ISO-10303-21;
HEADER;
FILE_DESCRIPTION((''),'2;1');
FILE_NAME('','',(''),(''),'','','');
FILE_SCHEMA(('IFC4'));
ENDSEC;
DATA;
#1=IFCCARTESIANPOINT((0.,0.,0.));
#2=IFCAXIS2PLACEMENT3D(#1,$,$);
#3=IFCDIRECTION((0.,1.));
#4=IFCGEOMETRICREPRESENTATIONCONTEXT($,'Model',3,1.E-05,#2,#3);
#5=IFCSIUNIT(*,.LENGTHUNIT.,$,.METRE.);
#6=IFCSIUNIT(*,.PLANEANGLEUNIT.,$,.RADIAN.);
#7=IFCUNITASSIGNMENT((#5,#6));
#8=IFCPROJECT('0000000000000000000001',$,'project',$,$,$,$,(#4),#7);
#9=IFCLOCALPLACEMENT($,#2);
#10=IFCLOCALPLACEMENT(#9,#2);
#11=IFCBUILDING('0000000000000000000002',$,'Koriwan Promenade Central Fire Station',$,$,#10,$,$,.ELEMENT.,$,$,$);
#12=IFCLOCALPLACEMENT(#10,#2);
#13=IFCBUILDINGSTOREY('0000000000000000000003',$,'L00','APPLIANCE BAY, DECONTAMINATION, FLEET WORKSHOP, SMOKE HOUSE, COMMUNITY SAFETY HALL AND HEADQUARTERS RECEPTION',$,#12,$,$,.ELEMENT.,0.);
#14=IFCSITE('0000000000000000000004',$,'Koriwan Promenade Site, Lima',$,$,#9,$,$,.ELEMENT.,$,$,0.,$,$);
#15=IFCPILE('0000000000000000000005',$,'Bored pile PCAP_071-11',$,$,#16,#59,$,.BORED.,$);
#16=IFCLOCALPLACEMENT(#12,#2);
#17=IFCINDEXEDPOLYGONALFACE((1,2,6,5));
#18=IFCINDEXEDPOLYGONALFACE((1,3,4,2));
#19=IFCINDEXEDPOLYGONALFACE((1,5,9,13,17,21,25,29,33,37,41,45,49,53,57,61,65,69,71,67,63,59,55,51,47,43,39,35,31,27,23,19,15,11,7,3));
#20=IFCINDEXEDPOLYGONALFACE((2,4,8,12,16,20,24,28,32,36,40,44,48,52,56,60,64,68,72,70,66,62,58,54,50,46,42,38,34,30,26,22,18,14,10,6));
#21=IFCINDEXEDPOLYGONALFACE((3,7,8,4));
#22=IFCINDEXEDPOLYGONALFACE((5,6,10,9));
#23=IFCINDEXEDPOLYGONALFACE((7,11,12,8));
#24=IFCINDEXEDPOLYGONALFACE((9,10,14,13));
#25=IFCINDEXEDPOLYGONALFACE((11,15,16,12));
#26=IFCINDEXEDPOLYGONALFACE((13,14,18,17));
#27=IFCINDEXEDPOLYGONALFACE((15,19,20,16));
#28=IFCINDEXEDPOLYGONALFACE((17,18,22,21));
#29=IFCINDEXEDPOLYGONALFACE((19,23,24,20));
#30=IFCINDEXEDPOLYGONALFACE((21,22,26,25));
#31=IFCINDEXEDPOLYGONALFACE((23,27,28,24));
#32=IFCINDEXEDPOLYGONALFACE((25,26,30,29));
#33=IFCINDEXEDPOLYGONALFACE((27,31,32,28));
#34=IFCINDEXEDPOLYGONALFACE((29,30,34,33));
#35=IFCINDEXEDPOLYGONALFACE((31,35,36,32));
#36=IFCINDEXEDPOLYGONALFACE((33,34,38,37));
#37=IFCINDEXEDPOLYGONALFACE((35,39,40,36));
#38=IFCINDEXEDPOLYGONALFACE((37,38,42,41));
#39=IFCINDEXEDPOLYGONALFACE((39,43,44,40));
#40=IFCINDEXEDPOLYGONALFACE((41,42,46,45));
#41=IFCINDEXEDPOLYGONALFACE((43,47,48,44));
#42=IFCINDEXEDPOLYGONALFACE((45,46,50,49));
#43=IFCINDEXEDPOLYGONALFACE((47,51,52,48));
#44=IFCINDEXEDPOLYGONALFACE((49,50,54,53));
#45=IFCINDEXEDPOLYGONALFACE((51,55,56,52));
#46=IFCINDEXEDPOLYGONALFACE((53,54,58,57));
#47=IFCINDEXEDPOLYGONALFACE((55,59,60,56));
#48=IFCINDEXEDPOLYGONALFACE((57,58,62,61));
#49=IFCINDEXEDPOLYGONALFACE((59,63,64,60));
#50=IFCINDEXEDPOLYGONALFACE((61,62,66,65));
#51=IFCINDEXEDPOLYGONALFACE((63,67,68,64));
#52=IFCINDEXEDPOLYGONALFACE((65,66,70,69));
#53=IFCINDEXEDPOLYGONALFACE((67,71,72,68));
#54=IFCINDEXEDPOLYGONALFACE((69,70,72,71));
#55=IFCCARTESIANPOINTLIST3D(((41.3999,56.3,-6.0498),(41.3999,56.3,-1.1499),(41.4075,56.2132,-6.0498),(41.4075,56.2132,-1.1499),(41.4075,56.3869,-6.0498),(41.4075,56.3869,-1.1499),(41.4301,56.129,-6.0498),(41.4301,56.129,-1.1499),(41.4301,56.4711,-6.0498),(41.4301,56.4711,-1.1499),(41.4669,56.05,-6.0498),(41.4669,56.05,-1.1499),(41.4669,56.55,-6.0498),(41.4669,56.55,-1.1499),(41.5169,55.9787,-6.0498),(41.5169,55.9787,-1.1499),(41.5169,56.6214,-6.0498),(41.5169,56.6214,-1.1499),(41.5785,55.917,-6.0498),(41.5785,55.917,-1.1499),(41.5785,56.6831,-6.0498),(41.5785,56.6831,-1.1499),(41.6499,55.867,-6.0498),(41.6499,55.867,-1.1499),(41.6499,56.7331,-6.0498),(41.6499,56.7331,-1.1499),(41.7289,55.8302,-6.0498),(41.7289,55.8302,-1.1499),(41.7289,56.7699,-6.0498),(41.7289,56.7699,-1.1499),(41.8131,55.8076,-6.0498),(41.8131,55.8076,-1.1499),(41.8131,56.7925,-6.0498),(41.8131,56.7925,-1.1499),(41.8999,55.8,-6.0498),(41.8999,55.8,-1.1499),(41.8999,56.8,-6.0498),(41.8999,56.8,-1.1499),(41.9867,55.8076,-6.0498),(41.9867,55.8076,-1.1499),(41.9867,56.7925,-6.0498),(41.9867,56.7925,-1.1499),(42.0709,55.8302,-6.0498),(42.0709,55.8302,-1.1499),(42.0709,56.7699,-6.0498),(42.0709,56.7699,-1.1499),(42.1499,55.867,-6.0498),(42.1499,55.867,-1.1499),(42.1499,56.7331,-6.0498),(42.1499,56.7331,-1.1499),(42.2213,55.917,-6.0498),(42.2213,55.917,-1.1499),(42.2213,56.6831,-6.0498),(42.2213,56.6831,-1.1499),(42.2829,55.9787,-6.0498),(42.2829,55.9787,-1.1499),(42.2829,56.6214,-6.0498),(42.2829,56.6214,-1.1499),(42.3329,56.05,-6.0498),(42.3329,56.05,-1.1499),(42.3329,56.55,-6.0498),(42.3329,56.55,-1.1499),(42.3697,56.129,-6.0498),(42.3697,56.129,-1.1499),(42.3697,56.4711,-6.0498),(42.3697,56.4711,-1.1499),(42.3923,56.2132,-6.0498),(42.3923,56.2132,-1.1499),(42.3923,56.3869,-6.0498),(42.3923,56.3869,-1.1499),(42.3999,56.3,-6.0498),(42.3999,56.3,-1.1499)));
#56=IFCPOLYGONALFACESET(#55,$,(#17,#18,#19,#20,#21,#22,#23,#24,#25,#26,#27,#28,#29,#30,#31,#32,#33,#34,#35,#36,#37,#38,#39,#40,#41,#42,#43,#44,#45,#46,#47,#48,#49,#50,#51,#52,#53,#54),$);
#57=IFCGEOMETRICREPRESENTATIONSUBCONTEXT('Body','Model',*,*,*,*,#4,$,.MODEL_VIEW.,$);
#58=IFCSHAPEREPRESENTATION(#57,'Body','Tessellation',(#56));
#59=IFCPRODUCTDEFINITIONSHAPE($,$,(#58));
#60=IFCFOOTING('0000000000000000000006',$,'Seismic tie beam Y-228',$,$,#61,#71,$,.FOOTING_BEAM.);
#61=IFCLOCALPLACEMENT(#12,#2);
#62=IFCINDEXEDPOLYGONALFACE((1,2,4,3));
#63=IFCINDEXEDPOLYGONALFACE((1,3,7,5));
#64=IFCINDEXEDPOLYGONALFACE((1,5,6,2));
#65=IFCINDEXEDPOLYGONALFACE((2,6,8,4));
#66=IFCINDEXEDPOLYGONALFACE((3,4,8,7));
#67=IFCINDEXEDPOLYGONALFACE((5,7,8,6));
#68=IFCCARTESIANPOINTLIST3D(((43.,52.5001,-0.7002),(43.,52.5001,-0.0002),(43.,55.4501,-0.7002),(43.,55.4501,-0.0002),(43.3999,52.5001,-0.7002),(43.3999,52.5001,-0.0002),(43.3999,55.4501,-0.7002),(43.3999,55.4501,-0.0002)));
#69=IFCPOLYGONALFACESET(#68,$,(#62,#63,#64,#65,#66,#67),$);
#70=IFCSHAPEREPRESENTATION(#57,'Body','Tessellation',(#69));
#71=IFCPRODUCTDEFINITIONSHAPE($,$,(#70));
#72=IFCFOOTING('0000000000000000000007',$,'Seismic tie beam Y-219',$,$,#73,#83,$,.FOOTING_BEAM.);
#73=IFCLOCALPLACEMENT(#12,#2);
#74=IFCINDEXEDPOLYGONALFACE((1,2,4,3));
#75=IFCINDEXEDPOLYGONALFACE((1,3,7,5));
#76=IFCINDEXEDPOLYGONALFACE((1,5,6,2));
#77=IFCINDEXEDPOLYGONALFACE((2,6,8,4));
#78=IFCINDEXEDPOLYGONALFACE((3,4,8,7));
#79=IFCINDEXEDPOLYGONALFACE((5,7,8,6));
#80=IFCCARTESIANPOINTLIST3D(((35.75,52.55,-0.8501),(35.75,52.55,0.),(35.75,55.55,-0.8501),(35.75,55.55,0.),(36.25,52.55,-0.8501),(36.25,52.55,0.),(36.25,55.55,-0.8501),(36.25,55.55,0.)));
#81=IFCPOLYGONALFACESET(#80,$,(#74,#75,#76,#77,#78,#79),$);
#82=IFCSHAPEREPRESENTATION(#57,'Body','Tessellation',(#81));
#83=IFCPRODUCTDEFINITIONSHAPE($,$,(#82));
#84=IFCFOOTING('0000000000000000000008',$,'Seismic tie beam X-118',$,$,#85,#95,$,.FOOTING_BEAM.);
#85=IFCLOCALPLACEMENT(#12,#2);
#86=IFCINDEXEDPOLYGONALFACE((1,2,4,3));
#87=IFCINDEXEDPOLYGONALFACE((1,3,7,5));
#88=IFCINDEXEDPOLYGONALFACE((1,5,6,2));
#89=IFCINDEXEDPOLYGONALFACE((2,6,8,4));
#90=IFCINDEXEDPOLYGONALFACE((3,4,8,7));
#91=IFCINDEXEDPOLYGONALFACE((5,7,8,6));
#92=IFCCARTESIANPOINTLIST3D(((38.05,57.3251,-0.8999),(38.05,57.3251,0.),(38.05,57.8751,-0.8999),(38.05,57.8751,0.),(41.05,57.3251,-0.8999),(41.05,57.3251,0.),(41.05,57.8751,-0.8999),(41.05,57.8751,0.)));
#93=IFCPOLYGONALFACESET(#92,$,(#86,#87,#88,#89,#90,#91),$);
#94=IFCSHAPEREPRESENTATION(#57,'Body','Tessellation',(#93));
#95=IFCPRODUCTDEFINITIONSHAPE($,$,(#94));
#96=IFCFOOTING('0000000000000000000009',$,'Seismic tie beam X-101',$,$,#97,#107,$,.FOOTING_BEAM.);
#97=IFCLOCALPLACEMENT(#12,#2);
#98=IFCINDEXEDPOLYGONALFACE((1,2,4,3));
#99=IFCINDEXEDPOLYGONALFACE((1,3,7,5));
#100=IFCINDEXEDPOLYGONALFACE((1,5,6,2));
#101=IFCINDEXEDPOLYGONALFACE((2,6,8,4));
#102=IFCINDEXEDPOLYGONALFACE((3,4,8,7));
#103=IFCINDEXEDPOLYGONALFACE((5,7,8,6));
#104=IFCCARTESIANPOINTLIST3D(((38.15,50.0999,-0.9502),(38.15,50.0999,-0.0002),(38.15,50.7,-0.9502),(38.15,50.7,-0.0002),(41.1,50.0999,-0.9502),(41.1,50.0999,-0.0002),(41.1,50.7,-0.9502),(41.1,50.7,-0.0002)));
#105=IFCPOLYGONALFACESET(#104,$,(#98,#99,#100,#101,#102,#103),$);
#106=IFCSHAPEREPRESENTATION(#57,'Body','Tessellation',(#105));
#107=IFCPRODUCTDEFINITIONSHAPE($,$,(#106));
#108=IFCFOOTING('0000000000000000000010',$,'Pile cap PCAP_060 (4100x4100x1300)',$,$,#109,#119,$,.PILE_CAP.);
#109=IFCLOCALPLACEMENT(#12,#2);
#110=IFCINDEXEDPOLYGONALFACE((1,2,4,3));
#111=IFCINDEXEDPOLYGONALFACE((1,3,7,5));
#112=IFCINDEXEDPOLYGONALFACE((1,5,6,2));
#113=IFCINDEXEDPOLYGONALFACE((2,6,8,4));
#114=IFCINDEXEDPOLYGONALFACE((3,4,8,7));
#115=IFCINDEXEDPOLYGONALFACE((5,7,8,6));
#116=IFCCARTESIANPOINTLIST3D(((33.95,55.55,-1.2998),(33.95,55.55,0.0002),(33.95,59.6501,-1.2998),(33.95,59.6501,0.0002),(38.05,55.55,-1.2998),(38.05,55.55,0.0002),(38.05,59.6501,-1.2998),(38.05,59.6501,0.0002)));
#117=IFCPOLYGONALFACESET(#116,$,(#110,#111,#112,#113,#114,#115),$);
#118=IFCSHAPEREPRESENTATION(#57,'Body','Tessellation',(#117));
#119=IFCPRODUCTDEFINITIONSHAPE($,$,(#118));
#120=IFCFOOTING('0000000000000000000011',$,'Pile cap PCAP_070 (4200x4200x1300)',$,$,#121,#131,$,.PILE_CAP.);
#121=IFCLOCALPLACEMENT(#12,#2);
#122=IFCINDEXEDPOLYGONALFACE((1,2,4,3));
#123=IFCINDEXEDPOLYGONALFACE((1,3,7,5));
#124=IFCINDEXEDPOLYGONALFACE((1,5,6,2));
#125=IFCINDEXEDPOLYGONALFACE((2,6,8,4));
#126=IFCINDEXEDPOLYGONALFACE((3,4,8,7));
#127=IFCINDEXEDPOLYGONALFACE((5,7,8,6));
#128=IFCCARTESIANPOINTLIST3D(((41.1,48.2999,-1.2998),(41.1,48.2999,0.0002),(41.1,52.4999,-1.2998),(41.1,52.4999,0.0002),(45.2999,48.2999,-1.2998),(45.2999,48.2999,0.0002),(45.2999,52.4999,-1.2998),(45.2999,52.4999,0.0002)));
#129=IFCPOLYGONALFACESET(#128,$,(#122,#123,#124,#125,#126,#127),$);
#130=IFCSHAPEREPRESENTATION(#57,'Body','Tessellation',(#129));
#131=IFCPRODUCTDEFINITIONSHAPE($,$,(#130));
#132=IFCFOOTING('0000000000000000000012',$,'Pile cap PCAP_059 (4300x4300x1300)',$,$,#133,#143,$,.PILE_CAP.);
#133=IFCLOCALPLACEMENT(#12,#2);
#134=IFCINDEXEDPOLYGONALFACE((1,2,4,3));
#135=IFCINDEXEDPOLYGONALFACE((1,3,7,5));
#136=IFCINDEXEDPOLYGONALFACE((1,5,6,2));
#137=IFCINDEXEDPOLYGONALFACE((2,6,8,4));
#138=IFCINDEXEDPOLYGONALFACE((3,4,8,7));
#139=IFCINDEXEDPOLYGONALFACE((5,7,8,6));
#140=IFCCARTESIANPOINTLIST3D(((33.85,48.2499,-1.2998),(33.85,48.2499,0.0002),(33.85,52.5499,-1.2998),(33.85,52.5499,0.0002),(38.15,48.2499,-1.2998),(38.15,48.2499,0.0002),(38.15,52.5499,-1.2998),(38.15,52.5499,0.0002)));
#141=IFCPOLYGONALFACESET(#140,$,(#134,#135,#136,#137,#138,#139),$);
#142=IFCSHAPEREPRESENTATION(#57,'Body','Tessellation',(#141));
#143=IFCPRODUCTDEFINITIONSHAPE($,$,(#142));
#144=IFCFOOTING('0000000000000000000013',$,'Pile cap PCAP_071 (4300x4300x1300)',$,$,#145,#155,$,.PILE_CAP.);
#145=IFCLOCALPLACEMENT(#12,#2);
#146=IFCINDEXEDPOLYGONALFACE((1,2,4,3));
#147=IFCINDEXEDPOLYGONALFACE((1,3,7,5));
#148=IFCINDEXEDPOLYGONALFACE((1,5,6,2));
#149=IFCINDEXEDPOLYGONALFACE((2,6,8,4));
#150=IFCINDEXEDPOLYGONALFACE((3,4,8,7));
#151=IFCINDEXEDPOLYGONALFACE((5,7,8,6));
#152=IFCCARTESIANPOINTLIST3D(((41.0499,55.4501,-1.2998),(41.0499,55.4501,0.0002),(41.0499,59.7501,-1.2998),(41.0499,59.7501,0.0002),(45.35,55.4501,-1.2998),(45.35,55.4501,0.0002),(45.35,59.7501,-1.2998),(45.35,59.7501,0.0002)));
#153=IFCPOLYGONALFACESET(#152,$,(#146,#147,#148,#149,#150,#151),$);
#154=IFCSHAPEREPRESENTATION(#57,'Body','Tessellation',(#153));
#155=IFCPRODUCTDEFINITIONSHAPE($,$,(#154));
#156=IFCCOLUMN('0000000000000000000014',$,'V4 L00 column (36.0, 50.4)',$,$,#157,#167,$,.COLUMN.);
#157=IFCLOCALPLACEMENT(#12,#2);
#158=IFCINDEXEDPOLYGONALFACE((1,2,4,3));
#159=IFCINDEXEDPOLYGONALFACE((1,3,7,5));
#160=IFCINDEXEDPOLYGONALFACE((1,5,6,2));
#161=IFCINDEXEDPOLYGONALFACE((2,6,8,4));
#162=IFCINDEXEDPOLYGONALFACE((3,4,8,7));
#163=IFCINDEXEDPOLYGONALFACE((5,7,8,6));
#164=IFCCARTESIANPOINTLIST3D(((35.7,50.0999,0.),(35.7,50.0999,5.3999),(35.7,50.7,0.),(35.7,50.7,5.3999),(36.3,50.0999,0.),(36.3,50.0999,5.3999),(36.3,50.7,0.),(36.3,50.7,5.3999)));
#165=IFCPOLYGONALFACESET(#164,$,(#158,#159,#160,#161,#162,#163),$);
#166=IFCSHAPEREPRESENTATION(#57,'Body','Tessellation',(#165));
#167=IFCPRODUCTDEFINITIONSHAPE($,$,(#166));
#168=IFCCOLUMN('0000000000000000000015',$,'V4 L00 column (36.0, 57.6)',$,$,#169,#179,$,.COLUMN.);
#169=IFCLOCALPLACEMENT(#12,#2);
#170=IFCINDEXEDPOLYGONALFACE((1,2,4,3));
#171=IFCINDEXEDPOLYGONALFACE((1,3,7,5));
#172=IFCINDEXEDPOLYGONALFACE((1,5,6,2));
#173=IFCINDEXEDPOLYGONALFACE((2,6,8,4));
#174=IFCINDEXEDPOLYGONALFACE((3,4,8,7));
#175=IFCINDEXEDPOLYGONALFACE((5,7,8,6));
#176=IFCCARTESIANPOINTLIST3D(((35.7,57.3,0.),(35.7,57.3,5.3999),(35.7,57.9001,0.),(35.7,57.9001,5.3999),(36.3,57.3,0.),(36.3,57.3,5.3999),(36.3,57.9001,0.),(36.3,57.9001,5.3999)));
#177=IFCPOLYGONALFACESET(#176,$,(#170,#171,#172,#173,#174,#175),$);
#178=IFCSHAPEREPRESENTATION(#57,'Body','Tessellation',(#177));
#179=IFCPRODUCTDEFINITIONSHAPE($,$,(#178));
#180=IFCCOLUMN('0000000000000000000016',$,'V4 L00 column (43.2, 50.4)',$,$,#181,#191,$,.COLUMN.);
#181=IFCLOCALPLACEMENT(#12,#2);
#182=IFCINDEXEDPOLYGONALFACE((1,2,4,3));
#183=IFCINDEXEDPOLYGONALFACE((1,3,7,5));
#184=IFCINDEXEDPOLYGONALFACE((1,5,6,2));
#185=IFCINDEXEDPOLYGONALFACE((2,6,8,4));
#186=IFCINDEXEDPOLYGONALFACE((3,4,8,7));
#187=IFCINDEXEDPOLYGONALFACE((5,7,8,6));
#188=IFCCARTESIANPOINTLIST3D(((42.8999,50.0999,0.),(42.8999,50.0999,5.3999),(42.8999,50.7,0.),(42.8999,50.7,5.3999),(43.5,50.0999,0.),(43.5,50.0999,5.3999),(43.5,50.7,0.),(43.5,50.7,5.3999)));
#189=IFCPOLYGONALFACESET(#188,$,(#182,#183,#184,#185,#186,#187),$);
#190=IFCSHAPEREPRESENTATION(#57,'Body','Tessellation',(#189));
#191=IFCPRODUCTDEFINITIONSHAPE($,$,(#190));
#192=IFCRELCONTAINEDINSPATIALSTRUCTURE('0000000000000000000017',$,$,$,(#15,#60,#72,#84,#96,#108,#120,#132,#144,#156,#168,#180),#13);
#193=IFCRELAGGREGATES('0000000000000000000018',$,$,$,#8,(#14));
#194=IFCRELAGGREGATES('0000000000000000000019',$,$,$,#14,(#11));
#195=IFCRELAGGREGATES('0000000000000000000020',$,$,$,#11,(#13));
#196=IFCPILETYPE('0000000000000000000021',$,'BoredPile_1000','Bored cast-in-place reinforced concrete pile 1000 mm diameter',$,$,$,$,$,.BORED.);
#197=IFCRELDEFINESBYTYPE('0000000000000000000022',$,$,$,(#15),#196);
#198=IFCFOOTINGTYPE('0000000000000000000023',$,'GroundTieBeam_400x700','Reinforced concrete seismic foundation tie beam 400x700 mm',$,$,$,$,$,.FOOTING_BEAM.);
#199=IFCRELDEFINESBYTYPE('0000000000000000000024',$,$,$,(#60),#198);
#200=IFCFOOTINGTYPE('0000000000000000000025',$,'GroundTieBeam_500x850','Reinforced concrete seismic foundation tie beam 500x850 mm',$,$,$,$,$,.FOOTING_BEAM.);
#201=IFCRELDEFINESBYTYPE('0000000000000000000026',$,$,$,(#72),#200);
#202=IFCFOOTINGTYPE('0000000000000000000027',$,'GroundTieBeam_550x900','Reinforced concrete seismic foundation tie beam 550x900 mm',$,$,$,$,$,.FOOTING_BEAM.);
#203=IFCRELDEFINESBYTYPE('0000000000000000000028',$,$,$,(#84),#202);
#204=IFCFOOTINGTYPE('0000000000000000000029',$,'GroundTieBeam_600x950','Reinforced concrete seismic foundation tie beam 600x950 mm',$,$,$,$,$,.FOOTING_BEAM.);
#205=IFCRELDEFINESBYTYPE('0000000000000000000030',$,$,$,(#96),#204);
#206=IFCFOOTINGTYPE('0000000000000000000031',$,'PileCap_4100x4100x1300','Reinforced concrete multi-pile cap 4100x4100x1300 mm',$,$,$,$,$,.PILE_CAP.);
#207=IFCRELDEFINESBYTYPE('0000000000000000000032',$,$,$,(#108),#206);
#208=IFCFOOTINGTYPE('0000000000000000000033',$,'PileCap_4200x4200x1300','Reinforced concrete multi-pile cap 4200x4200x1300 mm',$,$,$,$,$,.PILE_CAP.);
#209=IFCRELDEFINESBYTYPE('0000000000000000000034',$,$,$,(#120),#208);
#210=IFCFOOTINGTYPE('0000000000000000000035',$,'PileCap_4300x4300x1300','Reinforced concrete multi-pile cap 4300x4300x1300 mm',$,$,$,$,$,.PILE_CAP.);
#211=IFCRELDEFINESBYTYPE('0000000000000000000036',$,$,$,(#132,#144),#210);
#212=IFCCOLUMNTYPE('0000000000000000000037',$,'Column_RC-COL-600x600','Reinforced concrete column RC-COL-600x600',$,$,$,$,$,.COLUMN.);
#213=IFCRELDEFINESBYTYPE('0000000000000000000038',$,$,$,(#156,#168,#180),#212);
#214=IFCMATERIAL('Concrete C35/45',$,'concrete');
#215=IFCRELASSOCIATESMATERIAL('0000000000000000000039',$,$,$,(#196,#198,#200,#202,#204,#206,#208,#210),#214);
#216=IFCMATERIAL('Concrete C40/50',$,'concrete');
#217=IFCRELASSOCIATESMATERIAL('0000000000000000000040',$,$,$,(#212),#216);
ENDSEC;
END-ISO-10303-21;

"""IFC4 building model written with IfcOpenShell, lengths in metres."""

from ifc_helpers import new_model, si_unit, direction, frame, origin, origin_2d, place, context, subcontext, project, spatial, rectangle, circle, extrude, material, material_profile, profile_set, type_object, element, save


model = new_model("IFC4")

# Units and contexts
model_context = context("Model", 3, precision=1e-05, world=origin(), true_north=direction((0.0, 1.0)))
body_context = subcontext(model_context, "Body", "Model", "MODEL_VIEW")
ifc_project = project(units=[si_unit("LENGTHUNIT", "METRE"), si_unit("PLANEANGLEUNIT", "RADIAN")], contexts=[model_context])

# Site, building, storey
site_placement = place(None, origin())
site = spatial("IfcSite", under=ifc_project, at=site_placement, Name="Koriwan Promenade Site, Lima", CompositionType="ELEMENT", RefElevation=0.0)
building_placement = place(site_placement, origin())
building = spatial("IfcBuilding", under=site, at=building_placement, Name="Koriwan Promenade Central Fire Station", CompositionType="ELEMENT")
storey_placement = place(building_placement, origin())
storey = spatial("IfcBuildingStorey", under=building, at=storey_placement, Name="L00", Description="APPLIANCE BAY, DECONTAMINATION, FLEET WORKSHOP, SMOKE HOUSE, COMMUNITY SAFETY HALL AND HEADQUARTERS RECEPTION", CompositionType="ELEMENT", Elevation=0.0)

# Pile
ifc_material_1 = material(Name="Concrete C35/45", Category="concrete")
ifc_material_profile_1 = material_profile(ifc_material_1, circle(Radius=0.5, at=origin_2d()), Name="PILE-D1000")
ifc_profile_set_1 = profile_set([ifc_material_profile_1], Name="Concrete C35/45")
pile_type = type_object("IfcPileType", Name="BoredPile_1000", Description="Bored cast-in-place reinforced concrete pile 1000 mm diameter", PredefinedType="BORED", material=ifc_profile_set_1)
for number, where, z_axis, x_axis, name in (
    (1, (41.8999, 56.3, -1.1499), (0.0, 0.0, -1.0), (1.0, 0.0, 0.0), "Bored pile PCAP_071-11"),
):
    element("IfcPile", number, at=place(storey_placement, frame(where, z_axis=z_axis, x_axis=x_axis)), inside=storey, type_object=pile_type, Name=name, PredefinedType="BORED", context=body_context, shape_type="SweptSolid", body=[
        extrude(circle(Radius=0.5, at=origin_2d()), origin(), (0.0, 0.0, 1.0), 4.8999),
    ])

# Footings
footing_type_1 = type_object("IfcFootingType", Name="GroundTieBeam_400x700", Description="Reinforced concrete seismic foundation tie beam 400x700 mm", PredefinedType="FOOTING_BEAM", material=ifc_material_1)
footing_1_placement = place(storey_placement, frame((43.2, 53.9751, -0.7002), z_axis=(0.0, 0.0, 1.0), x_axis=(0.0, 1.0, 0.0)))
element("IfcFooting", 2, at=footing_1_placement, inside=storey, type_object=footing_type_1, Name="Seismic tie beam Y-228", PredefinedType="FOOTING_BEAM", context=body_context, shape_type="SweptSolid", body=[
    extrude(rectangle(XDim=2.95, YDim=0.3999, at=origin_2d()), origin(), (0.0, 0.0, 1.0), 0.7),
])
footing_type_2 = type_object("IfcFootingType", Name="GroundTieBeam_500x850", Description="Reinforced concrete seismic foundation tie beam 500x850 mm", PredefinedType="FOOTING_BEAM", material=ifc_material_1)
footing_2_placement = place(storey_placement, frame((36.0, 54.05, -0.8501), z_axis=(0.0, 0.0, 1.0), x_axis=(0.0, 1.0, 0.0)))
element("IfcFooting", 3, at=footing_2_placement, inside=storey, type_object=footing_type_2, Name="Seismic tie beam Y-219", PredefinedType="FOOTING_BEAM", context=body_context, shape_type="SweptSolid", body=[
    extrude(rectangle(XDim=3.0, YDim=0.5, at=origin_2d()), origin(), (0.0, 0.0, 1.0), 0.8501),
])
footing_type_3 = type_object("IfcFootingType", Name="GroundTieBeam_550x900", Description="Reinforced concrete seismic foundation tie beam 550x900 mm", PredefinedType="FOOTING_BEAM", material=ifc_material_1)
footing_3_placement = place(storey_placement, frame((39.55, 57.6001, -0.8999), z_axis=(0.0, 0.0, 1.0), x_axis=(1.0, 0.0, 0.0)))
element("IfcFooting", 4, at=footing_3_placement, inside=storey, type_object=footing_type_3, Name="Seismic tie beam X-118", PredefinedType="FOOTING_BEAM", context=body_context, shape_type="SweptSolid", body=[
    extrude(rectangle(XDim=3.0, YDim=0.55, at=origin_2d()), origin(), (0.0, 0.0, 1.0), 0.8999),
])
footing_type_4 = type_object("IfcFootingType", Name="GroundTieBeam_600x950", Description="Reinforced concrete seismic foundation tie beam 600x950 mm", PredefinedType="FOOTING_BEAM", material=ifc_material_1)
footing_4_placement = place(storey_placement, frame((39.625, 50.3999, -0.9502), z_axis=(0.0, 0.0, 1.0), x_axis=(1.0, 0.0, 0.0)))
element("IfcFooting", 5, at=footing_4_placement, inside=storey, type_object=footing_type_4, Name="Seismic tie beam X-101", PredefinedType="FOOTING_BEAM", context=body_context, shape_type="SweptSolid", body=[
    extrude(rectangle(XDim=2.95, YDim=0.6001, at=origin_2d()), origin(), (0.0, 0.0, 1.0), 0.95),
])
footing_type_5 = type_object("IfcFootingType", Name="PileCap_4100x4100x1300", Description="Reinforced concrete multi-pile cap 4100x4100x1300 mm", PredefinedType="PILE_CAP", material=ifc_material_1)
footing_5_placement = place(storey_placement, frame((36.0, 57.6001, -1.2998), z_axis=(0.0, 0.0, 1.0), x_axis=(1.0, 0.0, 0.0)))
element("IfcFooting", 6, at=footing_5_placement, inside=storey, type_object=footing_type_5, Name="Pile cap PCAP_060 (4100x4100x1300)", PredefinedType="PILE_CAP", context=body_context, shape_type="SweptSolid", body=[
    extrude(rectangle(XDim=4.1001, YDim=4.1001, at=origin_2d()), origin(), (0.0, 0.0, 1.0), 1.3),
])
footing_type_6 = type_object("IfcFootingType", Name="PileCap_4200x4200x1300", Description="Reinforced concrete multi-pile cap 4200x4200x1300 mm", PredefinedType="PILE_CAP", material=ifc_material_1)
footing_6_placement = place(storey_placement, frame((43.2, 50.3999, -1.2998), z_axis=(0.0, 0.0, 1.0), x_axis=(1.0, 0.0, 0.0)))
element("IfcFooting", 7, at=footing_6_placement, inside=storey, type_object=footing_type_6, Name="Pile cap PCAP_070 (4200x4200x1300)", PredefinedType="PILE_CAP", context=body_context, shape_type="SweptSolid", body=[
    extrude(rectangle(XDim=4.2, YDim=4.2, at=origin_2d()), origin(), (0.0, 0.0, 1.0), 1.3),
])
footing_type_7 = type_object("IfcFootingType", Name="PileCap_4300x4300x1300", Description="Reinforced concrete multi-pile cap 4300x4300x1300 mm", PredefinedType="PILE_CAP", material=ifc_material_1)
for number, where, z_axis, x_axis, name in (
    (8, (36.0, 50.3999, -1.2998), (0.0, 0.0, 1.0), (1.0, 0.0, 0.0), "Pile cap PCAP_059 (4300x4300x1300)"),
    (9, (43.2, 57.6001, -1.2998), (0.0, 0.0, 1.0), (1.0, 0.0, 0.0), "Pile cap PCAP_071 (4300x4300x1300)"),
):
    element("IfcFooting", number, at=place(storey_placement, frame(where, z_axis=z_axis, x_axis=x_axis)), inside=storey, type_object=footing_type_7, Name=name, PredefinedType="PILE_CAP", context=body_context, shape_type="SweptSolid", body=[
        extrude(rectangle(XDim=4.3, YDim=4.3, at=origin_2d()), origin(), (0.0, 0.0, 1.0), 1.3),
    ])

# Columns
ifc_material_2 = material(Name="Concrete C40/50", Category="concrete")
ifc_material_profile_2 = material_profile(ifc_material_2, rectangle(XDim=0.6001, YDim=0.6001, at=origin_2d()), Name="RC-COL-600x600")
ifc_profile_set_2 = profile_set([ifc_material_profile_2], Name="Concrete C40/50")
column_type = type_object("IfcColumnType", Name="Column_RC-COL-600x600", Description="Reinforced concrete column RC-COL-600x600", PredefinedType="COLUMN", material=ifc_profile_set_2)
for number, where, z_axis, x_axis, name in (
    (10, (36.0, 50.3999, 0.0), (0.0, 0.0, 1.0), (1.0, 0.0, 0.0), "V4 L00 column (36.0, 50.4)"),
    (11, (36.0, 57.6001, 0.0), (0.0, 0.0, 1.0), (1.0, 0.0, 0.0), "V4 L00 column (36.0, 57.6)"),
    (12, (43.2, 50.3999, 0.0), (0.0, 0.0, 1.0), (1.0, 0.0, 0.0), "V4 L00 column (43.2, 50.4)"),
):
    element("IfcColumn", number, at=place(storey_placement, frame(where, z_axis=z_axis, x_axis=x_axis)), inside=storey, type_object=column_type, Name=name, PredefinedType="COLUMN", context=body_context, shape_type="SweptSolid", body=[
        extrude(rectangle(XDim=0.6001, YDim=0.6001, at=origin_2d()), origin(), (0.0, 0.0, 1.0), 5.3999),
    ])

save(model, "model.ifc")
